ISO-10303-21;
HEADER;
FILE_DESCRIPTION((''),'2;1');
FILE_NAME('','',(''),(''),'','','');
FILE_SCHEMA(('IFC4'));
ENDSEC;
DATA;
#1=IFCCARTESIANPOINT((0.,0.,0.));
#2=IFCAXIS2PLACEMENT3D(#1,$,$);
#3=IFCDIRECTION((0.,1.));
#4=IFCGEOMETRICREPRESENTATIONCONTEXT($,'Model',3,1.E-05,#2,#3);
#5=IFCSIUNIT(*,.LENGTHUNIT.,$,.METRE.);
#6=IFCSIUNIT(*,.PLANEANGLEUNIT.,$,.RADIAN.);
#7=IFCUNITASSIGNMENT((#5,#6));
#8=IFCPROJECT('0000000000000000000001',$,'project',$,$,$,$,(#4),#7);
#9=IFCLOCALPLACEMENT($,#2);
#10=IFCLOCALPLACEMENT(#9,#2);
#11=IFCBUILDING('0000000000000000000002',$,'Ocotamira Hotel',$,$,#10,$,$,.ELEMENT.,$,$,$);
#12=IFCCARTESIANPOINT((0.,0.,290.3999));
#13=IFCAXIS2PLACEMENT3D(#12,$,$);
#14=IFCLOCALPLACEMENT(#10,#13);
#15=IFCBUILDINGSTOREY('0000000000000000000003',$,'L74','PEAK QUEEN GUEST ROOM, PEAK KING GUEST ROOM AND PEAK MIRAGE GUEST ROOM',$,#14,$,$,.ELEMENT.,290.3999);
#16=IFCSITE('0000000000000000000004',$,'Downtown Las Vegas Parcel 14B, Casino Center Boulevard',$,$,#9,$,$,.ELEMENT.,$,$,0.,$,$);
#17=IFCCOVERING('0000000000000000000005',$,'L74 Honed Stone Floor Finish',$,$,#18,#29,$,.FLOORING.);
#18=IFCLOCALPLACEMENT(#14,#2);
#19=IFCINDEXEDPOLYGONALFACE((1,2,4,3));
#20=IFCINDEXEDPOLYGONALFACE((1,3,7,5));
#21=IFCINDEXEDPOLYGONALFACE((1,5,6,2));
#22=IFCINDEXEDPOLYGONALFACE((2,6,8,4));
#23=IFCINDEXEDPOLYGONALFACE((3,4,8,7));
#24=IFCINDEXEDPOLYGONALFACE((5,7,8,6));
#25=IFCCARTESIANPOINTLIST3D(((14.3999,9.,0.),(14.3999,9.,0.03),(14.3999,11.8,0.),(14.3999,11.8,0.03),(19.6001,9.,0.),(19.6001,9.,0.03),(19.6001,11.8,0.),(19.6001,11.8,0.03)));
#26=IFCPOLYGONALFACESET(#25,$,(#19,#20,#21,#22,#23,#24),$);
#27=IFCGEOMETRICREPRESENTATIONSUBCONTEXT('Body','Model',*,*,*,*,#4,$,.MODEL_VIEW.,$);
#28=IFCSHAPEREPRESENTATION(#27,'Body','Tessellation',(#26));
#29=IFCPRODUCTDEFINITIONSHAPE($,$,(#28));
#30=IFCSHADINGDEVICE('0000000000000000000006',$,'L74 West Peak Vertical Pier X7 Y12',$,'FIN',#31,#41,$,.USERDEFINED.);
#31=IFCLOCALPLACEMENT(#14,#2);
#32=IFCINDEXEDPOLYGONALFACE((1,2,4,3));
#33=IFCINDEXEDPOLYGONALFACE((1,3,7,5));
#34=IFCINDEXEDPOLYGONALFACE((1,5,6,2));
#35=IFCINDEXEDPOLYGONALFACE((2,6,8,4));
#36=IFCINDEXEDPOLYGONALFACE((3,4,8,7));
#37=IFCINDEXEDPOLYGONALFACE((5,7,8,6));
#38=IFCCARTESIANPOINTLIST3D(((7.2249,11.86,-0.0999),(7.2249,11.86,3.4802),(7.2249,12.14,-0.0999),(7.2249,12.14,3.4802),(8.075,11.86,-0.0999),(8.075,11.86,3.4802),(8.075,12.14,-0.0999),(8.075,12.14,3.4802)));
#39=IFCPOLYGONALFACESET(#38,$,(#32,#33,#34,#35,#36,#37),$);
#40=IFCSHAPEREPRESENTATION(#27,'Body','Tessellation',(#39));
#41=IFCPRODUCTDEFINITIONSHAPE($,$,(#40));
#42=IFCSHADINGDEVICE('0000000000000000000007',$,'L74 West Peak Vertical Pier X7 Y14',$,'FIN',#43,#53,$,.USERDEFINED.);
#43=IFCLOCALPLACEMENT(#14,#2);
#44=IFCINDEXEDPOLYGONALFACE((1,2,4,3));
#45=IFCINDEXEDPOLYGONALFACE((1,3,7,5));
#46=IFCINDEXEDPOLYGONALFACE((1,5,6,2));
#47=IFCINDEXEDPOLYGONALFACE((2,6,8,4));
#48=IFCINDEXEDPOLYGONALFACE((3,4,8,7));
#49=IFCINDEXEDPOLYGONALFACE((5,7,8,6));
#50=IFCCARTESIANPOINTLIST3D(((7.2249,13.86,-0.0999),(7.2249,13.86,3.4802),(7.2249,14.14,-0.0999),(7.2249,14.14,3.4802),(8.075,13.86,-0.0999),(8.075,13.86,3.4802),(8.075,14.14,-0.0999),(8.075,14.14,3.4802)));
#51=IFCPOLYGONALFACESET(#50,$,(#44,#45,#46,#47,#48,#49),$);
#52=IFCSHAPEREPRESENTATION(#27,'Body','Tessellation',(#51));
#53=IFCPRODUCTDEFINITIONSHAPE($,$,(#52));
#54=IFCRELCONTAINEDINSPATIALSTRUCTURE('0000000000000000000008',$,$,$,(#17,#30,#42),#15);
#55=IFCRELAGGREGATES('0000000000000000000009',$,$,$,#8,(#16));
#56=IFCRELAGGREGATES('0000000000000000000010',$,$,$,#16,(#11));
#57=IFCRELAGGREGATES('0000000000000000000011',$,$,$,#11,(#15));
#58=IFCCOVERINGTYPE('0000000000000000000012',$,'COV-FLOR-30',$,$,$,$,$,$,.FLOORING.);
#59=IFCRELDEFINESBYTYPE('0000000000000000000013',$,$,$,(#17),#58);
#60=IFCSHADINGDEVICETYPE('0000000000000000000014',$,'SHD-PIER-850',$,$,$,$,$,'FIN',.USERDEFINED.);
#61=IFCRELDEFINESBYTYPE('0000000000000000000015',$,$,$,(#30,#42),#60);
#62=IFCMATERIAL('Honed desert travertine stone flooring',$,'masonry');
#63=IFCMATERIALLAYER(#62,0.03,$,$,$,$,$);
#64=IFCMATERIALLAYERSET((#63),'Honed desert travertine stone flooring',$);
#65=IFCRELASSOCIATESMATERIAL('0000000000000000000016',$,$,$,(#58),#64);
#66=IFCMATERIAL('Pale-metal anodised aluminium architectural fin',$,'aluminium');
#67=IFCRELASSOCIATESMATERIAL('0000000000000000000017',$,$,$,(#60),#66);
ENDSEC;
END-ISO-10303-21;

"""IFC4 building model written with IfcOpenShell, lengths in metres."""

from ifc_helpers import new_model, si_unit, direction, frame, origin, origin_2d, place, context, subcontext, project, spatial, polyline, rectangle, outline, extrude, source, transform, mapped, material, layer, layer_set, type_object, element, save


model = new_model("IFC4")

# Units and contexts
model_context = context("Model", 3, precision=1e-05, world=origin(), true_north=direction((0.0, 1.0)))
body_context = subcontext(model_context, "Body", "Model", "MODEL_VIEW")
ifc_project = project(units=[si_unit("LENGTHUNIT", "METRE"), si_unit("PLANEANGLEUNIT", "RADIAN")], contexts=[model_context])

# Site, building, storey
site_placement = place(None, origin())
site = spatial("IfcSite", under=ifc_project, at=site_placement, Name="Downtown Las Vegas Parcel 14B, Casino Center Boulevard", CompositionType="ELEMENT", RefElevation=0.0)
building_placement = place(site_placement, origin())
building = spatial("IfcBuilding", under=site, at=building_placement, Name="Ocotamira Hotel", CompositionType="ELEMENT")
storey_placement = place(building_placement, frame((0.0, 0.0, 290.3999)))
storey = spatial("IfcBuildingStorey", under=building, at=storey_placement, Name="L74", Description="PEAK QUEEN GUEST ROOM, PEAK KING GUEST ROOM AND PEAK MIRAGE GUEST ROOM", CompositionType="ELEMENT", Elevation=290.3999)

# Covering
ifc_material_1 = material(Name="Honed desert travertine stone flooring", Category="masonry")
ifc_layer_1 = layer(ifc_material_1, 0.03)
ifc_layer_set_1 = layer_set([ifc_layer_1], Name="Honed desert travertine stone flooring")
covering_type_1 = type_object("IfcCoveringType", Name="COV-FLOR-30", PredefinedType="FLOORING", material=ifc_layer_set_1)
covering_1_placement = place(storey_placement, origin())
element("IfcCovering", 1, at=covering_1_placement, inside=storey, type_object=covering_type_1, Name="L74 Honed Stone Floor Finish", PredefinedType="FLOORING", context=body_context, shape_type="SweptSolid", body=[
    extrude(outline(polyline([(14.3999, 9.0), (19.6001, 9.0), (19.6001, 11.8), (14.3999, 11.8), (14.3999, 9.0)])), origin(), (0.0, 0.0, 1.0), 0.03),
])

# Shading devices
ifc_material_2 = material(Name="Pale-metal anodised aluminium architectural fin", Category="aluminium")
shading_device_type = type_object("IfcShadingDeviceType", Name="SHD-PIER-850", ElementType="FIN", PredefinedType="USERDEFINED", material=ifc_material_2)
shared_shape_1 = source(origin(), body_context, "Body", "SweptSolid", [
    extrude(rectangle(XDim=0.8501, YDim=0.28, at=origin_2d()), origin(), (0.0, 0.0, 1.0), 3.5801),
])
for number, where, z_axis, x_axis, name in (
    (2, (7.6499, 12.0, -0.0999), (0.0, 0.0, 1.0), (1.0, 0.0, 0.0), "L74 West Peak Vertical Pier X7 Y12"),
    (3, (7.6499, 14.0, -0.0999), (0.0, 0.0, 1.0), (1.0, 0.0, 0.0), "L74 West Peak Vertical Pier X7 Y14"),
):
    element("IfcShadingDevice", number, at=place(storey_placement, frame(where, z_axis=z_axis, x_axis=x_axis)), inside=storey, type_object=shading_device_type, Name=name, ObjectType="FIN", PredefinedType="USERDEFINED", context=body_context, shape_type="MappedRepresentation", body=[
        mapped(shared_shape_1, transform((0.0, 0.0, 0.0), scale=1.0)),
    ])

save(model, "model.ifc")
